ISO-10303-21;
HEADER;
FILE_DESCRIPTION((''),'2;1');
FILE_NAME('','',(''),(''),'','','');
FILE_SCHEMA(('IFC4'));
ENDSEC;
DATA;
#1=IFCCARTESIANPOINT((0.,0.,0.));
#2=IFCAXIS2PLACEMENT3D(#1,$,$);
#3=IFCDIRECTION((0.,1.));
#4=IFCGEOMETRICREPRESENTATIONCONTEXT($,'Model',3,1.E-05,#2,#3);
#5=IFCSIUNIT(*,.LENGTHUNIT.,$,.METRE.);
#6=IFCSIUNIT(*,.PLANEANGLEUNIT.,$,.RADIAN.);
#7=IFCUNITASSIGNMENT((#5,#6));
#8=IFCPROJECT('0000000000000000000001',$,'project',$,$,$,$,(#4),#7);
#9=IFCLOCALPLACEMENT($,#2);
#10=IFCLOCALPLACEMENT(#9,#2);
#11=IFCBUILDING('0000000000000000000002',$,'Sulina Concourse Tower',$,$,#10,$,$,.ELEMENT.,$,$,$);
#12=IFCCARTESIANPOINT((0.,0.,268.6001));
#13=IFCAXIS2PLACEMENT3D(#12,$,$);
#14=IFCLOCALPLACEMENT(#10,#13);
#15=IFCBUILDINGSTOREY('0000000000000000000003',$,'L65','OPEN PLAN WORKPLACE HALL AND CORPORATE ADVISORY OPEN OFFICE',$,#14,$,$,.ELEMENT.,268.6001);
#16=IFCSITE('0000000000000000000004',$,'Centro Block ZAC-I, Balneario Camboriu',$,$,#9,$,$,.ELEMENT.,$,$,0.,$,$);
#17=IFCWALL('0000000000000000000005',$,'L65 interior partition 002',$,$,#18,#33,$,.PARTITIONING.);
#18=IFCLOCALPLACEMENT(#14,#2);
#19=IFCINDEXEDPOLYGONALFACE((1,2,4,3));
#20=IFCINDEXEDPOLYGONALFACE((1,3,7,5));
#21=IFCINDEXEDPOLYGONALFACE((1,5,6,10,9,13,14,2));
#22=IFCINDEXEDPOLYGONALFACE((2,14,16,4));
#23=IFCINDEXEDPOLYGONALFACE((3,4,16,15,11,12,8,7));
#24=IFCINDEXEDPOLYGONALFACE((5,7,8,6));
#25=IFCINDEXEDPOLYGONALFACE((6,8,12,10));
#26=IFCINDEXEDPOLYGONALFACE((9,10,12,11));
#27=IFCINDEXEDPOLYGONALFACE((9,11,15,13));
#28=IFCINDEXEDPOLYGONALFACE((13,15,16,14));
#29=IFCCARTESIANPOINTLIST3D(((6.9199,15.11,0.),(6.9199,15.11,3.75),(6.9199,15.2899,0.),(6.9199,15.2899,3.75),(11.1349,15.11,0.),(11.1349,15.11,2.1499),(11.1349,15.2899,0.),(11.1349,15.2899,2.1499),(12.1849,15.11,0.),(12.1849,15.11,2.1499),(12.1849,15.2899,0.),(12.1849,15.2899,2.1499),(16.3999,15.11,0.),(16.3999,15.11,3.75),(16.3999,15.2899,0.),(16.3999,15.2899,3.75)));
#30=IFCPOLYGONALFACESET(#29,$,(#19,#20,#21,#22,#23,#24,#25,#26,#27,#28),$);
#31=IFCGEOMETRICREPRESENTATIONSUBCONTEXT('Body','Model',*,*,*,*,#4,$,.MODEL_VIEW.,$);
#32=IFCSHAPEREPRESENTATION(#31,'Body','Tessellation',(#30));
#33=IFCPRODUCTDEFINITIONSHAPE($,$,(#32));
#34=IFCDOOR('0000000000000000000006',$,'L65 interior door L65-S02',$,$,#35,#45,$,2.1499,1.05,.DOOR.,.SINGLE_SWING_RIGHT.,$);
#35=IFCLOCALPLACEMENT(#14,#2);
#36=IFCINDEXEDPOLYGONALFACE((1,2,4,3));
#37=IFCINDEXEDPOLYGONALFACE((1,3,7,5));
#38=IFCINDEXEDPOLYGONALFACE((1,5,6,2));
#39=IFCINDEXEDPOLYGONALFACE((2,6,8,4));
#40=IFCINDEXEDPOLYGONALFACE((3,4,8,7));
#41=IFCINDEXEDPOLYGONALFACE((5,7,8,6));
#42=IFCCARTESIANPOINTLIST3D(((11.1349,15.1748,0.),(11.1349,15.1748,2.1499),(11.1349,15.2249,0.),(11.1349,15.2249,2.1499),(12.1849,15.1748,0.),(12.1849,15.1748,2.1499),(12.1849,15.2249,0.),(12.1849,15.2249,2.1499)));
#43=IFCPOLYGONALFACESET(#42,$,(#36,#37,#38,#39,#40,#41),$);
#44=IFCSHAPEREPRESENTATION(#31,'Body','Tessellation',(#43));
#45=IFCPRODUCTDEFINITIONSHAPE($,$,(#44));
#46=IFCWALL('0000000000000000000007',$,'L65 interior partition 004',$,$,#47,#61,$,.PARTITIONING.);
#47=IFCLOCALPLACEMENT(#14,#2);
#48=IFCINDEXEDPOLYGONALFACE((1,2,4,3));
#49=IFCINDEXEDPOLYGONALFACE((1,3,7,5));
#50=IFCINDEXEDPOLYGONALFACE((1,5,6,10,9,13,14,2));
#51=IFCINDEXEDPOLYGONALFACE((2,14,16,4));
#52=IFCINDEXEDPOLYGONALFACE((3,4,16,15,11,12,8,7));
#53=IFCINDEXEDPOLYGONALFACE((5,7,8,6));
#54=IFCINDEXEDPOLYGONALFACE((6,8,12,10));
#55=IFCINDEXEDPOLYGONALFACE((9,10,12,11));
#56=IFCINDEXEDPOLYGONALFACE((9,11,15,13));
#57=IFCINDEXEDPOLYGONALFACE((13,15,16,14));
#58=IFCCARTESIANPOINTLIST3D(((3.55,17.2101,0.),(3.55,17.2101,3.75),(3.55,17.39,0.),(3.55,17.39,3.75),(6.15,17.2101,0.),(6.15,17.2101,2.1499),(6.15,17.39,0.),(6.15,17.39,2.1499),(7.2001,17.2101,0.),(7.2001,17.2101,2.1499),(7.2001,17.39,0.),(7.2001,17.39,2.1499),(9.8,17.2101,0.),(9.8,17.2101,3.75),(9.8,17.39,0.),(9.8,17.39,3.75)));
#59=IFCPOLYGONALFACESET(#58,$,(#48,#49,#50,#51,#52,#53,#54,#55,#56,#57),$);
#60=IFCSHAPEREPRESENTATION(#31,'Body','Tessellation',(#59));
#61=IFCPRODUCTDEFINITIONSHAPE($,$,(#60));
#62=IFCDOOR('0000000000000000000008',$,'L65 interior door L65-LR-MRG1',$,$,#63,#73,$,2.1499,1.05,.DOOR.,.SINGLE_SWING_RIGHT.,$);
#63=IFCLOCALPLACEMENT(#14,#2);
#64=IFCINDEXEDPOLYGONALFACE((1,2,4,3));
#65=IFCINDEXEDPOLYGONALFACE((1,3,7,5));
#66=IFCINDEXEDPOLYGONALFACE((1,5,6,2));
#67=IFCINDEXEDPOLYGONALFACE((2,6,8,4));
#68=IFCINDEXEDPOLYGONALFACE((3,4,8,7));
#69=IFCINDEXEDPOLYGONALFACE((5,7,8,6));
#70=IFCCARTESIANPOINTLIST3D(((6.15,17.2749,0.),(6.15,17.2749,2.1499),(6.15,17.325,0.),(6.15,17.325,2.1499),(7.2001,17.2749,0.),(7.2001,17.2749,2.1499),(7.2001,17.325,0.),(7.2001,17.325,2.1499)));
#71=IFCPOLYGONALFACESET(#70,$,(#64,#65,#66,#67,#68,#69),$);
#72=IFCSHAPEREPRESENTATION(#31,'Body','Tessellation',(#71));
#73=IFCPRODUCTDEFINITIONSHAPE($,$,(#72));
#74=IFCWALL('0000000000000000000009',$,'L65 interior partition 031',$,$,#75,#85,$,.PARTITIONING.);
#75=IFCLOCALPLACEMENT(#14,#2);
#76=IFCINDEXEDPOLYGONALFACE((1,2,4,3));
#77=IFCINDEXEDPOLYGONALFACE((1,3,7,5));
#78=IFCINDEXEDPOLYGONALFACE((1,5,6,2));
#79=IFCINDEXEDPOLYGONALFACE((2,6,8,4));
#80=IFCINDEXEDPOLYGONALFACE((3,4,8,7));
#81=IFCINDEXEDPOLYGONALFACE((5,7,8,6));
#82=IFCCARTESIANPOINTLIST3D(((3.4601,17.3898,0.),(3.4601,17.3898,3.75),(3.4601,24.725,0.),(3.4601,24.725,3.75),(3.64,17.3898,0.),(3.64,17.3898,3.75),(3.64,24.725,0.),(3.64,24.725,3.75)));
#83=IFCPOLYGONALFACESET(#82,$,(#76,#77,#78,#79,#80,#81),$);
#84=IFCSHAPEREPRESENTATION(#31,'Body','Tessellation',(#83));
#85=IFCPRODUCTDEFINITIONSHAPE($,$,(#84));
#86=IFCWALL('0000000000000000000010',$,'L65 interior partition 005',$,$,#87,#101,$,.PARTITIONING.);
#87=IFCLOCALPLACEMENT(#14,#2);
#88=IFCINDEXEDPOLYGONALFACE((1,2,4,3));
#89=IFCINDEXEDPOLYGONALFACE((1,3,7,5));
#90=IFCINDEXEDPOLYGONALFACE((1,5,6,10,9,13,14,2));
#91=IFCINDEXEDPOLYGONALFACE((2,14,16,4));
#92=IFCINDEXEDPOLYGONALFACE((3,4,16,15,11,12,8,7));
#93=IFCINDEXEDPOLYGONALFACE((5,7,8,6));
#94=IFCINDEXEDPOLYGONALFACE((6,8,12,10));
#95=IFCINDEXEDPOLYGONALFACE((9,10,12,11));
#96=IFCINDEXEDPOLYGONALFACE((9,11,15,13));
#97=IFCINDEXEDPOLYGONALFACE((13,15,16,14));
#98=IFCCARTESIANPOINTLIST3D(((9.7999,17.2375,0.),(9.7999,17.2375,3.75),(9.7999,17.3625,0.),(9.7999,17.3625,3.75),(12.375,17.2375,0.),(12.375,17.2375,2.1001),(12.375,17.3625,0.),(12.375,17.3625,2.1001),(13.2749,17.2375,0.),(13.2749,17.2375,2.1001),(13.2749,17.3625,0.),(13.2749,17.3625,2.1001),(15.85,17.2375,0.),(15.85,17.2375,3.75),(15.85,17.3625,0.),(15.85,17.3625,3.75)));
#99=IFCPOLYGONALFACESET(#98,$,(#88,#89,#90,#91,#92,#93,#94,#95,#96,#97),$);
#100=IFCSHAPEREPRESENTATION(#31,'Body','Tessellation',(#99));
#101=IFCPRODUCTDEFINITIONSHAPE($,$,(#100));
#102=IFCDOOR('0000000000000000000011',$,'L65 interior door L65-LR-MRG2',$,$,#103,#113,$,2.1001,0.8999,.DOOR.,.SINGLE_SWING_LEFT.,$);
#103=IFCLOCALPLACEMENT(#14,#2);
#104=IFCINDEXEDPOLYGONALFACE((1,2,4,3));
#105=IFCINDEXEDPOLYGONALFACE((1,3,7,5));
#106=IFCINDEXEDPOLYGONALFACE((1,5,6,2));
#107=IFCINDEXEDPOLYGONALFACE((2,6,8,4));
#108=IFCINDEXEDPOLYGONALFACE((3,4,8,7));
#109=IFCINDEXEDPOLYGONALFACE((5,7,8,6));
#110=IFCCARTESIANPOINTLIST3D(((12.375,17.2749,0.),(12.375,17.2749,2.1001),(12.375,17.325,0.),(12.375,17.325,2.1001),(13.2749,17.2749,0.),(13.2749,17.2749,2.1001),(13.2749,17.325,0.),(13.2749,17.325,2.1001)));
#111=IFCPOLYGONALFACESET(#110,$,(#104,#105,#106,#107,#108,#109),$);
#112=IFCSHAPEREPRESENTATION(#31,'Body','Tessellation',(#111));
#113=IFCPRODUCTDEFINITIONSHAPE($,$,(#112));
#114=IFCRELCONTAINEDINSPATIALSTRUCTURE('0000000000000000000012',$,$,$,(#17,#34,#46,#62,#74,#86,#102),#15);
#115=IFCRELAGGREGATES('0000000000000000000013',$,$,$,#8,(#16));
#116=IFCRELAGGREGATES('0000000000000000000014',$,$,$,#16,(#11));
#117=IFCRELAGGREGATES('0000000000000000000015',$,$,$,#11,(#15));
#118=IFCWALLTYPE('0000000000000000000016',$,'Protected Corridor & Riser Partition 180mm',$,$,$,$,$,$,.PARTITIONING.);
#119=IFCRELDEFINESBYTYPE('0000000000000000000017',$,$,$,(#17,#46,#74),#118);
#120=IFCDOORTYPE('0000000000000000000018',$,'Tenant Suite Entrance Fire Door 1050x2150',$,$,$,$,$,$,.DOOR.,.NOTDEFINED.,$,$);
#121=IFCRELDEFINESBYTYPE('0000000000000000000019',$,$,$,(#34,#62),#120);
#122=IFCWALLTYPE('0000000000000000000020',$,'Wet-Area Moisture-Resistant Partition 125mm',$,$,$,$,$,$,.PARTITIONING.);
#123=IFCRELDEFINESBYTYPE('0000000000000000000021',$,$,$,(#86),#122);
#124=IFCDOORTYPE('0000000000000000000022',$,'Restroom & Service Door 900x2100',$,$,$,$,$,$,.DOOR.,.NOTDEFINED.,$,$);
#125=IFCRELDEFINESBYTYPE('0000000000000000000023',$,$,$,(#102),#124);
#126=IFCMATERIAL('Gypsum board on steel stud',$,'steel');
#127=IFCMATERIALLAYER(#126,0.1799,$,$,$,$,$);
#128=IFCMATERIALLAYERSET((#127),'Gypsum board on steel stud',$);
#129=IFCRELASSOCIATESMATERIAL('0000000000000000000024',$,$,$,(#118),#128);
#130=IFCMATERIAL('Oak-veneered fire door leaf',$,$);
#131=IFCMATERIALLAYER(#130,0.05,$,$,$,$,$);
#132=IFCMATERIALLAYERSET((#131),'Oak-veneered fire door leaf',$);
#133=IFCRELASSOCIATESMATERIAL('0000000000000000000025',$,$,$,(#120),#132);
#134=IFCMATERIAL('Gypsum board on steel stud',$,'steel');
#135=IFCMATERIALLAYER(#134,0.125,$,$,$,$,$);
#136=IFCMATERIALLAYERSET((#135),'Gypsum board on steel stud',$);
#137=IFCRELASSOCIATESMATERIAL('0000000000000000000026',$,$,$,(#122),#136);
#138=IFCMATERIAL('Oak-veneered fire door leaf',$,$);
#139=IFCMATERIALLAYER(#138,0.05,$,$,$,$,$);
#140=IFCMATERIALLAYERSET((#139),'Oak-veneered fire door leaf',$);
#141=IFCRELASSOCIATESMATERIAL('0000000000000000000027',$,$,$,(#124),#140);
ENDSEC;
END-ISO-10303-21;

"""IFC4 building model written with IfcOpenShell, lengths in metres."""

from ifc_helpers import new_model, si_unit, direction, frame, frame_2d, origin, place, context, subcontext, project, spatial, rectangle, extrude, material, layer, layer_set, type_object, element, fill, save


model = new_model("IFC4")

# Units and contexts
model_context = context("Model", 3, precision=1e-05, world=origin(), true_north=direction((0.0, 1.0)))
body_context = subcontext(model_context, "Body", "Model", "MODEL_VIEW")
ifc_project = project(units=[si_unit("LENGTHUNIT", "METRE"), si_unit("PLANEANGLEUNIT", "RADIAN")], contexts=[model_context])

# Site, building, storey
site_placement = place(None, origin())
site = spatial("IfcSite", under=ifc_project, at=site_placement, Name="Centro Block ZAC-I, Balneario Camboriu", CompositionType="ELEMENT", RefElevation=0.0)
building_placement = place(site_placement, origin())
building = spatial("IfcBuilding", under=site, at=building_placement, Name="Sulina Concourse Tower", CompositionType="ELEMENT")
storey_placement = place(building_placement, frame((0.0, 0.0, 268.6001)))
storey = spatial("IfcBuildingStorey", under=building, at=storey_placement, Name="L65", Description="OPEN PLAN WORKPLACE HALL AND CORPORATE ADVISORY OPEN OFFICE", CompositionType="ELEMENT", Elevation=268.6001)

# Walls, openings, doors
ifc_material_1 = material(Name="Gypsum board on steel stud", Category="steel")
ifc_layer_1 = layer(ifc_material_1, 0.1799)
ifc_layer_set_1 = layer_set([ifc_layer_1], Name="Gypsum board on steel stud")
wall_type_1 = type_object("IfcWallType", Name="Protected Corridor & Riser Partition 180mm", PredefinedType="PARTITIONING", material=ifc_layer_set_1)
wall_1_placement = place(storey_placement, frame((6.9199, 15.2, 0.0), z_axis=(0.0, 0.0, 1.0), x_axis=(1.0, 0.0, 0.0)))
wall_1 = element("IfcWall", 1, at=wall_1_placement, inside=storey, type_object=wall_type_1, Name="L65 interior partition 002", PredefinedType="PARTITIONING", context=body_context, shape_type="SweptSolid", body=[
    extrude(rectangle(XDim=9.48, YDim=0.1799, at=frame_2d((4.74, 0.0))), origin(), (0.0, 0.0, 1.0), 3.75),
])
opening_1_placement = place(wall_1_placement, frame((4.2151, 0.0, 0.0)))
opening_1 = element("IfcOpeningElement", 2, at=opening_1_placement, cuts=wall_1, PredefinedType="OPENING", context=body_context, shape_type="SweptSolid", body=[
    extrude(rectangle(XDim=1.05, YDim=2.1499, at=frame_2d((0.5249, 1.075))), frame((0.0, 0.0999, 0.0), z_axis=(0.0, -1.0, 0.0), x_axis=(1.0, 0.0, 0.0)), (0.0, 0.0, 1.0), 0.2),
])
ifc_material_2 = material(Name="Oak-veneered fire door leaf")
ifc_layer_2 = layer(ifc_material_2, 0.05)
ifc_layer_set_2 = layer_set([ifc_layer_2], Name="Oak-veneered fire door leaf")
door_type_1 = type_object("IfcDoorType", Name="Tenant Suite Entrance Fire Door 1050x2150", OperationType="NOTDEFINED", PredefinedType="DOOR", material=ifc_layer_set_2)
door_1_placement = place(opening_1_placement, origin())
door_1 = element("IfcDoor", 3, at=door_1_placement, inside=storey, type_object=door_type_1, Name="L65 interior door L65-S02", OperationType="SINGLE_SWING_RIGHT", OverallHeight=2.1499, OverallWidth=1.05, PredefinedType="DOOR", context=body_context, shape_type="SweptSolid", body=[
    extrude(rectangle(XDim=1.05, YDim=2.1499, at=frame_2d((0.5249, 1.075))), frame((0.0, 0.0249, 0.0), z_axis=(0.0, -1.0, 0.0), x_axis=(1.0, 0.0, 0.0)), (0.0, 0.0, 1.0), 0.05),
])
fill(opening_1, door_1)
wall_2_placement = place(storey_placement, frame((3.55, 17.3, 0.0), z_axis=(0.0, 0.0, 1.0), x_axis=(1.0, 0.0, 0.0)))
wall_2 = element("IfcWall", 4, at=wall_2_placement, inside=storey, type_object=wall_type_1, Name="L65 interior partition 004", PredefinedType="PARTITIONING", context=body_context, shape_type="SweptSolid", body=[
    extrude(rectangle(XDim=6.25, YDim=0.1799, at=frame_2d((3.125, 0.0))), origin(), (0.0, 0.0, 1.0), 3.75),
])
opening_2_placement = place(wall_2_placement, frame((2.6001, 0.0, 0.0)))
opening_2 = element("IfcOpeningElement", 5, at=opening_2_placement, cuts=wall_2, PredefinedType="OPENING", context=body_context, shape_type="SweptSolid", body=[
    extrude(rectangle(XDim=1.05, YDim=2.1499, at=frame_2d((0.5249, 1.075))), frame((0.0, 0.0999, 0.0), z_axis=(0.0, -1.0, 0.0), x_axis=(1.0, 0.0, 0.0)), (0.0, 0.0, 1.0), 0.2),
])
door_2_placement = place(opening_2_placement, origin())
door_2 = element("IfcDoor", 6, at=door_2_placement, inside=storey, type_object=door_type_1, Name="L65 interior door L65-LR-MRG1", OperationType="SINGLE_SWING_RIGHT", OverallHeight=2.1499, OverallWidth=1.05, PredefinedType="DOOR", context=body_context, shape_type="SweptSolid", body=[
    extrude(rectangle(XDim=1.05, YDim=2.1499, at=frame_2d((0.5249, 1.075))), frame((0.0, 0.0249, 0.0), z_axis=(0.0, -1.0, 0.0), x_axis=(1.0, 0.0, 0.0)), (0.0, 0.0, 1.0), 0.05),
])
fill(opening_2, door_2)

# Wall
wall_3_placement = place(storey_placement, frame((3.55, 17.3899, 0.0), z_axis=(0.0, 0.0, 1.0), x_axis=(0.0, 1.0, 0.0)))
element("IfcWall", 7, at=wall_3_placement, inside=storey, type_object=wall_type_1, Name="L65 interior partition 031", PredefinedType="PARTITIONING", context=body_context, shape_type="SweptSolid", body=[
    extrude(rectangle(XDim=7.3352, YDim=0.1799, at=frame_2d((3.6675, 0.0))), origin(), (0.0, 0.0, 1.0), 3.75),
])

# Wall, opening, door
ifc_material_3 = material(Name="Gypsum board on steel stud", Category="steel")
ifc_layer_3 = layer(ifc_material_3, 0.125)
ifc_layer_set_3 = layer_set([ifc_layer_3], Name="Gypsum board on steel stud")
wall_type_2 = type_object("IfcWallType", Name="Wet-Area Moisture-Resistant Partition 125mm", PredefinedType="PARTITIONING", material=ifc_layer_set_3)
wall_4_placement = place(storey_placement, frame((9.8, 17.3, 0.0), z_axis=(0.0, 0.0, 1.0), x_axis=(1.0, 0.0, 0.0)))
wall_4 = element("IfcWall", 8, at=wall_4_placement, inside=storey, type_object=wall_type_2, Name="L65 interior partition 005", PredefinedType="PARTITIONING", context=body_context, shape_type="SweptSolid", body=[
    extrude(rectangle(XDim=6.05, YDim=0.125, at=frame_2d((3.0249, 0.0))), origin(), (0.0, 0.0, 1.0), 3.75),
])
opening_3_placement = place(wall_4_placement, frame((2.575, 0.0, 0.0)))
opening_3 = element("IfcOpeningElement", 9, at=opening_3_placement, cuts=wall_4, PredefinedType="OPENING", context=body_context, shape_type="SweptSolid", body=[
    extrude(rectangle(XDim=0.8999, YDim=2.1001, at=frame_2d((0.45, 1.05))), frame((0.0, 0.0725, 0.0), z_axis=(0.0, -1.0, 0.0), x_axis=(1.0, 0.0, 0.0)), (0.0, 0.0, 1.0), 0.145),
])
ifc_material_4 = material(Name="Oak-veneered fire door leaf")
ifc_layer_4 = layer(ifc_material_4, 0.05)
ifc_layer_set_4 = layer_set([ifc_layer_4], Name="Oak-veneered fire door leaf")
door_type_2 = type_object("IfcDoorType", Name="Restroom & Service Door 900x2100", OperationType="NOTDEFINED", PredefinedType="DOOR", material=ifc_layer_set_4)
door_3_placement = place(opening_3_placement, origin())
door_3 = element("IfcDoor", 10, at=door_3_placement, inside=storey, type_object=door_type_2, Name="L65 interior door L65-LR-MRG2", OperationType="SINGLE_SWING_LEFT", OverallHeight=2.1001, OverallWidth=0.8999, PredefinedType="DOOR", context=body_context, shape_type="SweptSolid", body=[
    extrude(rectangle(XDim=0.8999, YDim=2.1001, at=frame_2d((0.45, 1.05))), frame((0.0, 0.0249, 0.0), z_axis=(0.0, -1.0, 0.0), x_axis=(1.0, 0.0, 0.0)), (0.0, 0.0, 1.0), 0.05),
])
fill(opening_3, door_3)

save(model, "model.ifc")
